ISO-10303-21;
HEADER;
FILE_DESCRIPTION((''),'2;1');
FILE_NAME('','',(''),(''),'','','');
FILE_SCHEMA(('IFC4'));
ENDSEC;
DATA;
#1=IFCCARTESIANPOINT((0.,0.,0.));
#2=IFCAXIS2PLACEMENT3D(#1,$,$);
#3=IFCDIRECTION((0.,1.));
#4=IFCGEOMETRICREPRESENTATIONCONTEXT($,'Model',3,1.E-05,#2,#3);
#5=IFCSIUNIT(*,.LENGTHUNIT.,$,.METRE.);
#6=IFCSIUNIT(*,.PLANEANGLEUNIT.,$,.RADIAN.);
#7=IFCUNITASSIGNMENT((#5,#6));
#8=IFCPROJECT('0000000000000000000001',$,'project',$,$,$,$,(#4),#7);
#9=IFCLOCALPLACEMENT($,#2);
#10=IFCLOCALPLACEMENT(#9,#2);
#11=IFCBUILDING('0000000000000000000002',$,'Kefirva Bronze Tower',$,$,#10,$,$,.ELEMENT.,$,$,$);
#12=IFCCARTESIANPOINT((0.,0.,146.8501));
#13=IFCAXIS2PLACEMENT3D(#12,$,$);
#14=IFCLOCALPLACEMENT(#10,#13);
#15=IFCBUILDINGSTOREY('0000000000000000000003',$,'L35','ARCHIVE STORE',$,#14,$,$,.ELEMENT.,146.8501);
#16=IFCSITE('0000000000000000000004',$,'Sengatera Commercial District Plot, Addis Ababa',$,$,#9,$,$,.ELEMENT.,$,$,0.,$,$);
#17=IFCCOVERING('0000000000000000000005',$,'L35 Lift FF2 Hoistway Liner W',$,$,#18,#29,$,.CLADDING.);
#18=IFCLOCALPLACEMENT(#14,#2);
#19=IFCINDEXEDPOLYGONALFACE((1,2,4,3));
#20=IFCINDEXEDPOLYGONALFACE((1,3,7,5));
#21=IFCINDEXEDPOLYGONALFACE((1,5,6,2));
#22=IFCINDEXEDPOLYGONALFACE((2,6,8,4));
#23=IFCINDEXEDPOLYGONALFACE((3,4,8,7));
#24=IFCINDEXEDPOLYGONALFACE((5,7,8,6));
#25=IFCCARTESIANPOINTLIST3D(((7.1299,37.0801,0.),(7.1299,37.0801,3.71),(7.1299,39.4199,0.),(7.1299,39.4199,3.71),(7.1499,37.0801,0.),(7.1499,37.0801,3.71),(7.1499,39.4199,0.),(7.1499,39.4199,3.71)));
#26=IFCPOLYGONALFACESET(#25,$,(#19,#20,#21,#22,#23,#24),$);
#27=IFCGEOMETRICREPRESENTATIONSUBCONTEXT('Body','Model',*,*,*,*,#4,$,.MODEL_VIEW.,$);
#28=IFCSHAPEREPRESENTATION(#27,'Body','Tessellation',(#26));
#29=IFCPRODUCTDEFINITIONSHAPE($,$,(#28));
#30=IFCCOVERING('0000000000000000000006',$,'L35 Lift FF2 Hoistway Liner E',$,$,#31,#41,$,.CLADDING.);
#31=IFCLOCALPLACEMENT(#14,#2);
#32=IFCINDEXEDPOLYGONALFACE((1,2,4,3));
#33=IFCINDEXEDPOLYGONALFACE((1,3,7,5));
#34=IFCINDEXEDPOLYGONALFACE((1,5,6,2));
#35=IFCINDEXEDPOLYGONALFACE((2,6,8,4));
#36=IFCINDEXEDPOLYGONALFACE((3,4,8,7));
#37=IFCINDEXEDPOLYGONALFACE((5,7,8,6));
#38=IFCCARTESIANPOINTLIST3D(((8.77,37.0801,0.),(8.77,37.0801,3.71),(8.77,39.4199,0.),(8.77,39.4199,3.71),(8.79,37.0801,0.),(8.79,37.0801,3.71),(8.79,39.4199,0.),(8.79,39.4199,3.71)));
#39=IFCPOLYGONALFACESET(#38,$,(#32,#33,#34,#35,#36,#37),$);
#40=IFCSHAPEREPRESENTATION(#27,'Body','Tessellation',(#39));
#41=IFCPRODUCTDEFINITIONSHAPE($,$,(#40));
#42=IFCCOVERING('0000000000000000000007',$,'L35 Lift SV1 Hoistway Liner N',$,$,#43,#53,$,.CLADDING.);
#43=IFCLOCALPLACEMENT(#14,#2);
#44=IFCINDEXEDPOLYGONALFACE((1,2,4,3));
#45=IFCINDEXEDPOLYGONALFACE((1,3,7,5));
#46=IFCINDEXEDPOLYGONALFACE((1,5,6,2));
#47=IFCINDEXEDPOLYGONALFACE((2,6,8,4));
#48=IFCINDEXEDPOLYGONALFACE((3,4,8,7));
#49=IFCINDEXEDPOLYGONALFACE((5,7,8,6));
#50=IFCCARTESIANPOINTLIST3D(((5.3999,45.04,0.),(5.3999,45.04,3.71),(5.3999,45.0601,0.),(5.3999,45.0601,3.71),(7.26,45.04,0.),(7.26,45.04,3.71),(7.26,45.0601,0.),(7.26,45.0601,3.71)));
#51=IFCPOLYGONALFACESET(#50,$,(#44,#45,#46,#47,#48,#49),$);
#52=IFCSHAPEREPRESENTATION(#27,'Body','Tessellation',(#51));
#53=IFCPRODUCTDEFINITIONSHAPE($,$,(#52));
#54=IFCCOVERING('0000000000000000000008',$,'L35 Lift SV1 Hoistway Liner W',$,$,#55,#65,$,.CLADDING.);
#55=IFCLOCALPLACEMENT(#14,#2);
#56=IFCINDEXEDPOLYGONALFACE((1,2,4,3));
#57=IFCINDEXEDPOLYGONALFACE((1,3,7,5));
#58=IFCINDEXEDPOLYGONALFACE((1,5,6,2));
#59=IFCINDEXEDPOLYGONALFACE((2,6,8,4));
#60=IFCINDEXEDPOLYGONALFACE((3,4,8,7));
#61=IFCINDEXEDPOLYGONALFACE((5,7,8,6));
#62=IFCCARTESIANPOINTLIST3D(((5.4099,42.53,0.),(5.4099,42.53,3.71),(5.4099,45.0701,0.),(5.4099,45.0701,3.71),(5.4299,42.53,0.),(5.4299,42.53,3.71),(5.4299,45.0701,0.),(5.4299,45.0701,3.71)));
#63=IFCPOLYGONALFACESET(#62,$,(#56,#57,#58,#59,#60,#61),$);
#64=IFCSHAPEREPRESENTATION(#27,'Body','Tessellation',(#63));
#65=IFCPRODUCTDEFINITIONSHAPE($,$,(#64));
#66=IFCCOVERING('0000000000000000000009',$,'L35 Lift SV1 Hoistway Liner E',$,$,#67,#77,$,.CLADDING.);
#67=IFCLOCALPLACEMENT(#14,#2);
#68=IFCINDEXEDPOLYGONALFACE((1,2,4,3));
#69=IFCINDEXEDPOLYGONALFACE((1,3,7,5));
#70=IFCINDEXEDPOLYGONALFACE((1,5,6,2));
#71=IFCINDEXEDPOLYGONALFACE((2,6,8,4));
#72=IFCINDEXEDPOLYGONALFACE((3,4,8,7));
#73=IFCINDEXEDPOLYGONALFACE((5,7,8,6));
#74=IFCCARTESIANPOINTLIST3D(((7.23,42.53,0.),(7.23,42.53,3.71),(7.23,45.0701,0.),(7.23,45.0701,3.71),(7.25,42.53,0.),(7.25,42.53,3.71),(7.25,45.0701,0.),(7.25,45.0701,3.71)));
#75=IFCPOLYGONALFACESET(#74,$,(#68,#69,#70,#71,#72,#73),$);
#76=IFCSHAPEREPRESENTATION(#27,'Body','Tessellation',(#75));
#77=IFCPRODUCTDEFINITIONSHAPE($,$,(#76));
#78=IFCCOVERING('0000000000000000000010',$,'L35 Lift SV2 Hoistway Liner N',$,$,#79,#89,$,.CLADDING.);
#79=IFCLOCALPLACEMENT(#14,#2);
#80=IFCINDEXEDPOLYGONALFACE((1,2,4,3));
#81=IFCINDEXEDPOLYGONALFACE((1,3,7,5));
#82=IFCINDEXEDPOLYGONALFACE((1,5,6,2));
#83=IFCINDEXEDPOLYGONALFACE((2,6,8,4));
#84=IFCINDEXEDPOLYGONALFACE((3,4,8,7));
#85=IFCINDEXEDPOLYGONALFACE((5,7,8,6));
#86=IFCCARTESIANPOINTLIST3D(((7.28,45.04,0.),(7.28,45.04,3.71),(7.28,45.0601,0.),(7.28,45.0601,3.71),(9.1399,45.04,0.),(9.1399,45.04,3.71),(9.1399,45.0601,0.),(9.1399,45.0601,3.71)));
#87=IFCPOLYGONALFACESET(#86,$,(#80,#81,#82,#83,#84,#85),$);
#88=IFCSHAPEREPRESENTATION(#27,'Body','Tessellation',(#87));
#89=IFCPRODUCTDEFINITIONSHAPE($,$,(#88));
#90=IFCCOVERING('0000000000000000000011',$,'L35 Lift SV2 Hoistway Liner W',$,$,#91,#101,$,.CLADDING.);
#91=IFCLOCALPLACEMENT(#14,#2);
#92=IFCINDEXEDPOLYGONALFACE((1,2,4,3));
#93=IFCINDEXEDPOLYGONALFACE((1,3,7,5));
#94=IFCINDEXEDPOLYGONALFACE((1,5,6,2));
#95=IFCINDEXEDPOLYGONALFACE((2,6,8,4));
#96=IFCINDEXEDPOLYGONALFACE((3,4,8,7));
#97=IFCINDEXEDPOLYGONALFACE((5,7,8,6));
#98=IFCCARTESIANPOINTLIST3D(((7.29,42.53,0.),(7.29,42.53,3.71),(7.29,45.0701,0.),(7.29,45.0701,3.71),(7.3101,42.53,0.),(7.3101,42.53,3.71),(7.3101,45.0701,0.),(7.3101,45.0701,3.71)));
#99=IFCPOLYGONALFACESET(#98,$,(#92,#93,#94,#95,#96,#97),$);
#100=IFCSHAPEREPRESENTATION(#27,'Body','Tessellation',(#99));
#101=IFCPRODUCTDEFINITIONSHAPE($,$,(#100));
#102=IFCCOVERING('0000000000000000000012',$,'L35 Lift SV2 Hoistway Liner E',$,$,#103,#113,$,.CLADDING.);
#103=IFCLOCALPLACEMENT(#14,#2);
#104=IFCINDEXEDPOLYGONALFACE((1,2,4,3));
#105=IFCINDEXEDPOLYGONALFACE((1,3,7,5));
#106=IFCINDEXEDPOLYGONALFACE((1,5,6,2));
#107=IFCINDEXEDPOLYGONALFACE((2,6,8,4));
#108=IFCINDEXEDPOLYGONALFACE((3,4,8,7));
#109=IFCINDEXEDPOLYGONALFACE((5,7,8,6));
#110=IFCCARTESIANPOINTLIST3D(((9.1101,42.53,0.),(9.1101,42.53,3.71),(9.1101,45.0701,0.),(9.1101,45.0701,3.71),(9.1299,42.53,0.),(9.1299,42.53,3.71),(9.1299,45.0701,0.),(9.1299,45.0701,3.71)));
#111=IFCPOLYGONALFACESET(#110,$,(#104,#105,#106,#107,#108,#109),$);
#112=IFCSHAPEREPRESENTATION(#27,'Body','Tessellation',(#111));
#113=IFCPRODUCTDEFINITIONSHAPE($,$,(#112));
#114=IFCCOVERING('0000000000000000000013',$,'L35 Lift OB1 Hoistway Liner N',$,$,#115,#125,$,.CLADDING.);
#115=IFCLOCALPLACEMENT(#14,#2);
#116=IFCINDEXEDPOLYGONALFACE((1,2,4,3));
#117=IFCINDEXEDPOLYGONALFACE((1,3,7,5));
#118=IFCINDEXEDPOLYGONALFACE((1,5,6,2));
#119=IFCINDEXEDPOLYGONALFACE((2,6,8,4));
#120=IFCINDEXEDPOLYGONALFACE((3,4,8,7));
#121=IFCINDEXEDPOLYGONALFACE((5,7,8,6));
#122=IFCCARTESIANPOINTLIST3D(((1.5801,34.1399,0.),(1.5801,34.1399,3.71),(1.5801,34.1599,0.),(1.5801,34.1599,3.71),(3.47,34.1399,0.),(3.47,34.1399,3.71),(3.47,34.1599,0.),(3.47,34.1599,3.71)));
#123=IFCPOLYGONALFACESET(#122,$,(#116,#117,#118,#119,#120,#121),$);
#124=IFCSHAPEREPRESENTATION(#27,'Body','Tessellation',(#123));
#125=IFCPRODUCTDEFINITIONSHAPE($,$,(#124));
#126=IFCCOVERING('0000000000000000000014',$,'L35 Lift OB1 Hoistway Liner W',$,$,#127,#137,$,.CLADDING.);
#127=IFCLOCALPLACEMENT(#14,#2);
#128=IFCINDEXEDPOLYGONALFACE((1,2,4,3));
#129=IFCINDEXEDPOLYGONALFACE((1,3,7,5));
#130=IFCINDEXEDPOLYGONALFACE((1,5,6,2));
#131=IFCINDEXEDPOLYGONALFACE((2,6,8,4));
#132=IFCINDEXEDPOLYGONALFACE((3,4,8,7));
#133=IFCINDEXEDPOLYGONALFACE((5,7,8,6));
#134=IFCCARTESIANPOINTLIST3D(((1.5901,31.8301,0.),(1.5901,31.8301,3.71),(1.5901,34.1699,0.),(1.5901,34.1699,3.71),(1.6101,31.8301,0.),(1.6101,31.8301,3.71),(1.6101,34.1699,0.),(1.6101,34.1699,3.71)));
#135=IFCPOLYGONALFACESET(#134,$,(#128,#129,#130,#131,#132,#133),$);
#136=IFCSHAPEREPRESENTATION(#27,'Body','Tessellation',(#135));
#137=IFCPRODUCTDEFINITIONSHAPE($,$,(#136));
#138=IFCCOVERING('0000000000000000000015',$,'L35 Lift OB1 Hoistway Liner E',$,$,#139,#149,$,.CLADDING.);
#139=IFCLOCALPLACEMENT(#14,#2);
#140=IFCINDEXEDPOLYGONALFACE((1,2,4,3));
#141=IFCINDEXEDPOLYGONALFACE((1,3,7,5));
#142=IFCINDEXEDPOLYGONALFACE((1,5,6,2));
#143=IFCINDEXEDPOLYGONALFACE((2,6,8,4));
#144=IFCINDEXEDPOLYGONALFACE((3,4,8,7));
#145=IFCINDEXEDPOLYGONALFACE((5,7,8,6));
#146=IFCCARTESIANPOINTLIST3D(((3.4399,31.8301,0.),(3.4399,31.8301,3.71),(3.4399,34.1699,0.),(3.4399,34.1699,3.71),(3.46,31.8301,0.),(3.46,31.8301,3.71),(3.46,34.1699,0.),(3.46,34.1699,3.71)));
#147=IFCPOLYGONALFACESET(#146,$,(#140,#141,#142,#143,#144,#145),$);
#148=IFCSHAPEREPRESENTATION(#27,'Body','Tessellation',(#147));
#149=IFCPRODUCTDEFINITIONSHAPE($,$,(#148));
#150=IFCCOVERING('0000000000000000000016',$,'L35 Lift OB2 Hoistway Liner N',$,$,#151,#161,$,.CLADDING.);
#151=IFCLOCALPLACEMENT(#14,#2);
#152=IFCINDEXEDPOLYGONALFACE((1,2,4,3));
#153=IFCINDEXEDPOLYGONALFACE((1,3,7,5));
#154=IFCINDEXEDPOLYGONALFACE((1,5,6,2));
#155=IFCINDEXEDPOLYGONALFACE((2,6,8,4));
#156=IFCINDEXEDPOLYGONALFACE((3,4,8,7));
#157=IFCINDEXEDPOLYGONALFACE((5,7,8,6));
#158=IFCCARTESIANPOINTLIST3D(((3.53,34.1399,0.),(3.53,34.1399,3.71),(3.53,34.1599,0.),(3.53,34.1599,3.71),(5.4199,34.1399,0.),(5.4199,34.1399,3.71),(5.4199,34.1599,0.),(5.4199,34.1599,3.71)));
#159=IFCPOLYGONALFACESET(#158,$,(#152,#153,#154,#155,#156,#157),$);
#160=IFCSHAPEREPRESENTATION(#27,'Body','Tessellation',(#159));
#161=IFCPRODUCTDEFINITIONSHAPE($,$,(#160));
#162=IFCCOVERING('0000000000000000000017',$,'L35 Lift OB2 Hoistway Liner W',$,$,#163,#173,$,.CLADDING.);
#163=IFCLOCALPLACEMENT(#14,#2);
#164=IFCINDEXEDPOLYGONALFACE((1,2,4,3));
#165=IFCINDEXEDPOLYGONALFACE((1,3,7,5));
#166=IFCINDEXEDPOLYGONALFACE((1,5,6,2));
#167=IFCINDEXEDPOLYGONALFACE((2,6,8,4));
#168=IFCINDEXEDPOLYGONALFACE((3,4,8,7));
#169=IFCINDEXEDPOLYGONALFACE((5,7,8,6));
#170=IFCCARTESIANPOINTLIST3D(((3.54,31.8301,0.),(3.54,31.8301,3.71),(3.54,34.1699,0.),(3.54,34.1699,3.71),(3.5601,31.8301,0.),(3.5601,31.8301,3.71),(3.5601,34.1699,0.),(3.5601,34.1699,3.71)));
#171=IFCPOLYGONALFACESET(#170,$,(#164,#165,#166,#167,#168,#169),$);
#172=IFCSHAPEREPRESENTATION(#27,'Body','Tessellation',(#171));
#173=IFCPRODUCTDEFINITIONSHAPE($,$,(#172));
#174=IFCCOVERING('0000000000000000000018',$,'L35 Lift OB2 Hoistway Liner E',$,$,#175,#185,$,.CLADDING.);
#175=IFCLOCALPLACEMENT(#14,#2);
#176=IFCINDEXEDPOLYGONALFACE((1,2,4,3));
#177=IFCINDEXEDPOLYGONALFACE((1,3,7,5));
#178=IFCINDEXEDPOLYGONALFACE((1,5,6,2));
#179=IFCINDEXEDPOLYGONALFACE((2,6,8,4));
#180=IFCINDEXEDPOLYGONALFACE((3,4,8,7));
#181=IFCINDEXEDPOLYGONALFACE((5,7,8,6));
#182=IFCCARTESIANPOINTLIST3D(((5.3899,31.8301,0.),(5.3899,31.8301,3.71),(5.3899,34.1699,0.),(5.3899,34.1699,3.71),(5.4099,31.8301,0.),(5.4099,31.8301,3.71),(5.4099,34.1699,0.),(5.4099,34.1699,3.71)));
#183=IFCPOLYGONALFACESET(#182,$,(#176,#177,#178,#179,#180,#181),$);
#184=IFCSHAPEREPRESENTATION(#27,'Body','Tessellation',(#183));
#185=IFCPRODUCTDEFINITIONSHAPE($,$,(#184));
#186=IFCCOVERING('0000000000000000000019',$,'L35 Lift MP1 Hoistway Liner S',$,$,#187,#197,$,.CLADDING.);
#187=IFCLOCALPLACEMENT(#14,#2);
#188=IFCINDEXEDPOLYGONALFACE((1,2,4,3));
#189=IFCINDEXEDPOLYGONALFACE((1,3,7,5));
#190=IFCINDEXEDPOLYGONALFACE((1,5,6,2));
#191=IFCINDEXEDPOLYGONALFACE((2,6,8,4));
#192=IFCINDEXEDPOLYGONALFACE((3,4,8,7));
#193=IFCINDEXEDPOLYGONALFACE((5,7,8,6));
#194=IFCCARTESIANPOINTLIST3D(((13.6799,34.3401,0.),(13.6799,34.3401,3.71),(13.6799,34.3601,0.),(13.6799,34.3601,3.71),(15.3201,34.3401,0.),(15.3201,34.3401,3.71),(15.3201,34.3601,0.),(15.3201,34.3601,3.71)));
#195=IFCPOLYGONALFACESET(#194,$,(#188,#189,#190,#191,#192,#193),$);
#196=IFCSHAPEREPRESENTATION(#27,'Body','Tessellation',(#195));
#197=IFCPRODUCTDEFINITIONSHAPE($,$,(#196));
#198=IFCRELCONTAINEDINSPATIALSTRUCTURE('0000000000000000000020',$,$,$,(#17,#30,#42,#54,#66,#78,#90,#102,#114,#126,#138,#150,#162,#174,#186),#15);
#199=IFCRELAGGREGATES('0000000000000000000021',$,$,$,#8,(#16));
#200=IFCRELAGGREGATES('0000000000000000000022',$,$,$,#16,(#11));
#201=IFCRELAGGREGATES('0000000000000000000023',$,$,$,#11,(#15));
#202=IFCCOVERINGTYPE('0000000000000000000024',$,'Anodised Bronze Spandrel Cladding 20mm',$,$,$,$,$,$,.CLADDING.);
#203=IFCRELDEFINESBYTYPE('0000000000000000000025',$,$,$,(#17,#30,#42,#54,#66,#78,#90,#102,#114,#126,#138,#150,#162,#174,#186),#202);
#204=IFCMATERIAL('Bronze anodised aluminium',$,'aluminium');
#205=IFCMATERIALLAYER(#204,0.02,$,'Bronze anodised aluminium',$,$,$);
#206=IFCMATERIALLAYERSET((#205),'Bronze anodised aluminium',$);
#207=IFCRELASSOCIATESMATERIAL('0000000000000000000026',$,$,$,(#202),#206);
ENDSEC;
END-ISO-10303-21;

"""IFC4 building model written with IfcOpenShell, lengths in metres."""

from ifc_helpers import new_model, si_unit, direction, frame, origin, place, context, subcontext, project, spatial, polyline, outline, extrude, material, layer, layer_set, type_object, element, save


model = new_model("IFC4")

# Units and contexts
model_context = context("Model", 3, precision=1e-05, world=origin(), true_north=direction((0.0, 1.0)))
body_context = subcontext(model_context, "Body", "Model", "MODEL_VIEW")
ifc_project = project(units=[si_unit("LENGTHUNIT", "METRE"), si_unit("PLANEANGLEUNIT", "RADIAN")], contexts=[model_context])

# Site, building, storey
site_placement = place(None, origin())
site = spatial("IfcSite", under=ifc_project, at=site_placement, Name="Sengatera Commercial District Plot, Addis Ababa", CompositionType="ELEMENT", RefElevation=0.0)
building_placement = place(site_placement, origin())
building = spatial("IfcBuilding", under=site, at=building_placement, Name="Kefirva Bronze Tower", CompositionType="ELEMENT")
storey_placement = place(building_placement, frame((0.0, 0.0, 146.8501)))
storey = spatial("IfcBuildingStorey", under=building, at=storey_placement, Name="L35", Description="ARCHIVE STORE", CompositionType="ELEMENT", Elevation=146.8501)

# Coverings
ifc_material_1 = material(Name="Bronze anodised aluminium", Category="aluminium")
ifc_layer_1 = layer(ifc_material_1, 0.02, Name="Bronze anodised aluminium")
ifc_layer_set_1 = layer_set([ifc_layer_1], Name="Bronze anodised aluminium")
covering_type = type_object("IfcCoveringType", Name="Anodised Bronze Spandrel Cladding 20mm", PredefinedType="CLADDING", material=ifc_layer_set_1)
covering_1_placement = place(storey_placement, origin())
element("IfcCovering", 1, at=covering_1_placement, inside=storey, type_object=covering_type, Name="L35 Lift FF2 Hoistway Liner W", PredefinedType="CLADDING", context=body_context, shape_type="SweptSolid", body=[
    extrude(outline(polyline([(7.1299, 37.0801), (7.1499, 37.0801), (7.1499, 39.4199), (7.1299, 39.4199), (7.1299, 37.0801)])), origin(), (0.0, 0.0, 1.0), 3.71),
])
covering_2_placement = place(storey_placement, origin())
element("IfcCovering", 2, at=covering_2_placement, inside=storey, type_object=covering_type, Name="L35 Lift FF2 Hoistway Liner E", PredefinedType="CLADDING", context=body_context, shape_type="SweptSolid", body=[
    extrude(outline(polyline([(8.77, 37.0801), (8.79, 37.0801), (8.79, 39.4199), (8.77, 39.4199), (8.77, 37.0801)])), origin(), (0.0, 0.0, 1.0), 3.71),
])
covering_3_placement = place(storey_placement, origin())
element("IfcCovering", 3, at=covering_3_placement, inside=storey, type_object=covering_type, Name="L35 Lift SV1 Hoistway Liner N", PredefinedType="CLADDING", context=body_context, shape_type="SweptSolid", body=[
    extrude(outline(polyline([(5.3999, 45.04), (7.26, 45.04), (7.26, 45.0601), (5.3999, 45.0601), (5.3999, 45.04)])), origin(), (0.0, 0.0, 1.0), 3.71),
])
covering_4_placement = place(storey_placement, origin())
element("IfcCovering", 4, at=covering_4_placement, inside=storey, type_object=covering_type, Name="L35 Lift SV1 Hoistway Liner W", PredefinedType="CLADDING", context=body_context, shape_type="SweptSolid", body=[
    extrude(outline(polyline([(5.4099, 42.53), (5.4299, 42.53), (5.4299, 45.0701), (5.4099, 45.0701), (5.4099, 42.53)])), origin(), (0.0, 0.0, 1.0), 3.71),
])
covering_5_placement = place(storey_placement, origin())
element("IfcCovering", 5, at=covering_5_placement, inside=storey, type_object=covering_type, Name="L35 Lift SV1 Hoistway Liner E", PredefinedType="CLADDING", context=body_context, shape_type="SweptSolid", body=[
    extrude(outline(polyline([(7.23, 42.53), (7.25, 42.53), (7.25, 45.0701), (7.23, 45.0701), (7.23, 42.53)])), origin(), (0.0, 0.0, 1.0), 3.71),
])
covering_6_placement = place(storey_placement, origin())
element("IfcCovering", 6, at=covering_6_placement, inside=storey, type_object=covering_type, Name="L35 Lift SV2 Hoistway Liner N", PredefinedType="CLADDING", context=body_context, shape_type="SweptSolid", body=[
    extrude(outline(polyline([(7.28, 45.04), (9.1399, 45.04), (9.1399, 45.0601), (7.28, 45.0601), (7.28, 45.04)])), origin(), (0.0, 0.0, 1.0), 3.71),
])
covering_7_placement = place(storey_placement, origin())
element("IfcCovering", 7, at=covering_7_placement, inside=storey, type_object=covering_type, Name="L35 Lift SV2 Hoistway Liner W", PredefinedType="CLADDING", context=body_context, shape_type="SweptSolid", body=[
    extrude(outline(polyline([(7.29, 42.53), (7.3101, 42.53), (7.3101, 45.0701), (7.29, 45.0701), (7.29, 42.53)])), origin(), (0.0, 0.0, 1.0), 3.71),
])
covering_8_placement = place(storey_placement, origin())
element("IfcCovering", 8, at=covering_8_placement, inside=storey, type_object=covering_type, Name="L35 Lift SV2 Hoistway Liner E", PredefinedType="CLADDING", context=body_context, shape_type="SweptSolid", body=[
    extrude(outline(polyline([(9.1101, 42.53), (9.1299, 42.53), (9.1299, 45.0701), (9.1101, 45.0701), (9.1101, 42.53)])), origin(), (0.0, 0.0, 1.0), 3.71),
])
covering_9_placement = place(storey_placement, origin())
element("IfcCovering", 9, at=covering_9_placement, inside=storey, type_object=covering_type, Name="L35 Lift OB1 Hoistway Liner N", PredefinedType="CLADDING", context=body_context, shape_type="SweptSolid", body=[
    extrude(outline(polyline([(1.5801, 34.1399), (3.47, 34.1399), (3.47, 34.1599), (1.5801, 34.1599), (1.5801, 34.1399)])), origin(), (0.0, 0.0, 1.0), 3.71),
])
covering_10_placement = place(storey_placement, origin())
element("IfcCovering", 10, at=covering_10_placement, inside=storey, type_object=covering_type, Name="L35 Lift OB1 Hoistway Liner W", PredefinedType="CLADDING", context=body_context, shape_type="SweptSolid", body=[
    extrude(outline(polyline([(1.5901, 31.8301), (1.6101, 31.8301), (1.6101, 34.1699), (1.5901, 34.1699), (1.5901, 31.8301)])), origin(), (0.0, 0.0, 1.0), 3.71),
])
covering_11_placement = place(storey_placement, origin())
element("IfcCovering", 11, at=covering_11_placement, inside=storey, type_object=covering_type, Name="L35 Lift OB1 Hoistway Liner E", PredefinedType="CLADDING", context=body_context, shape_type="SweptSolid", body=[
    extrude(outline(polyline([(3.4399, 31.8301), (3.46, 31.8301), (3.46, 34.1699), (3.4399, 34.1699), (3.4399, 31.8301)])), origin(), (0.0, 0.0, 1.0), 3.71),
])
covering_12_placement = place(storey_placement, origin())
element("IfcCovering", 12, at=covering_12_placement, inside=storey, type_object=covering_type, Name="L35 Lift OB2 Hoistway Liner N", PredefinedType="CLADDING", context=body_context, shape_type="SweptSolid", body=[
    extrude(outline(polyline([(3.53, 34.1399), (5.4199, 34.1399), (5.4199, 34.1599), (3.53, 34.1599), (3.53, 34.1399)])), origin(), (0.0, 0.0, 1.0), 3.71),
])
covering_13_placement = place(storey_placement, origin())
element("IfcCovering", 13, at=covering_13_placement, inside=storey, type_object=covering_type, Name="L35 Lift OB2 Hoistway Liner W", PredefinedType="CLADDING", context=body_context, shape_type="SweptSolid", body=[
    extrude(outline(polyline([(3.54, 31.8301), (3.5601, 31.8301), (3.5601, 34.1699), (3.54, 34.1699), (3.54, 31.8301)])), origin(), (0.0, 0.0, 1.0), 3.71),
])
covering_14_placement = place(storey_placement, origin())
element("IfcCovering", 14, at=covering_14_placement, inside=storey, type_object=covering_type, Name="L35 Lift OB2 Hoistway Liner E", PredefinedType="CLADDING", context=body_context, shape_type="SweptSolid", body=[
    extrude(outline(polyline([(5.3899, 31.8301), (5.4099, 31.8301), (5.4099, 34.1699), (5.3899, 34.1699), (5.3899, 31.8301)])), origin(), (0.0, 0.0, 1.0), 3.71),
])
covering_15_placement = place(storey_placement, origin())
element("IfcCovering", 15, at=covering_15_placement, inside=storey, type_object=covering_type, Name="L35 Lift MP1 Hoistway Liner S", PredefinedType="CLADDING", context=body_context, shape_type="SweptSolid", body=[
    extrude(outline(polyline([(13.6799, 34.3401), (15.3201, 34.3401), (15.3201, 34.3601), (13.6799, 34.3601), (13.6799, 34.3401)])), origin(), (0.0, 0.0, 1.0), 3.71),
])

save(model, "model.ifc")
